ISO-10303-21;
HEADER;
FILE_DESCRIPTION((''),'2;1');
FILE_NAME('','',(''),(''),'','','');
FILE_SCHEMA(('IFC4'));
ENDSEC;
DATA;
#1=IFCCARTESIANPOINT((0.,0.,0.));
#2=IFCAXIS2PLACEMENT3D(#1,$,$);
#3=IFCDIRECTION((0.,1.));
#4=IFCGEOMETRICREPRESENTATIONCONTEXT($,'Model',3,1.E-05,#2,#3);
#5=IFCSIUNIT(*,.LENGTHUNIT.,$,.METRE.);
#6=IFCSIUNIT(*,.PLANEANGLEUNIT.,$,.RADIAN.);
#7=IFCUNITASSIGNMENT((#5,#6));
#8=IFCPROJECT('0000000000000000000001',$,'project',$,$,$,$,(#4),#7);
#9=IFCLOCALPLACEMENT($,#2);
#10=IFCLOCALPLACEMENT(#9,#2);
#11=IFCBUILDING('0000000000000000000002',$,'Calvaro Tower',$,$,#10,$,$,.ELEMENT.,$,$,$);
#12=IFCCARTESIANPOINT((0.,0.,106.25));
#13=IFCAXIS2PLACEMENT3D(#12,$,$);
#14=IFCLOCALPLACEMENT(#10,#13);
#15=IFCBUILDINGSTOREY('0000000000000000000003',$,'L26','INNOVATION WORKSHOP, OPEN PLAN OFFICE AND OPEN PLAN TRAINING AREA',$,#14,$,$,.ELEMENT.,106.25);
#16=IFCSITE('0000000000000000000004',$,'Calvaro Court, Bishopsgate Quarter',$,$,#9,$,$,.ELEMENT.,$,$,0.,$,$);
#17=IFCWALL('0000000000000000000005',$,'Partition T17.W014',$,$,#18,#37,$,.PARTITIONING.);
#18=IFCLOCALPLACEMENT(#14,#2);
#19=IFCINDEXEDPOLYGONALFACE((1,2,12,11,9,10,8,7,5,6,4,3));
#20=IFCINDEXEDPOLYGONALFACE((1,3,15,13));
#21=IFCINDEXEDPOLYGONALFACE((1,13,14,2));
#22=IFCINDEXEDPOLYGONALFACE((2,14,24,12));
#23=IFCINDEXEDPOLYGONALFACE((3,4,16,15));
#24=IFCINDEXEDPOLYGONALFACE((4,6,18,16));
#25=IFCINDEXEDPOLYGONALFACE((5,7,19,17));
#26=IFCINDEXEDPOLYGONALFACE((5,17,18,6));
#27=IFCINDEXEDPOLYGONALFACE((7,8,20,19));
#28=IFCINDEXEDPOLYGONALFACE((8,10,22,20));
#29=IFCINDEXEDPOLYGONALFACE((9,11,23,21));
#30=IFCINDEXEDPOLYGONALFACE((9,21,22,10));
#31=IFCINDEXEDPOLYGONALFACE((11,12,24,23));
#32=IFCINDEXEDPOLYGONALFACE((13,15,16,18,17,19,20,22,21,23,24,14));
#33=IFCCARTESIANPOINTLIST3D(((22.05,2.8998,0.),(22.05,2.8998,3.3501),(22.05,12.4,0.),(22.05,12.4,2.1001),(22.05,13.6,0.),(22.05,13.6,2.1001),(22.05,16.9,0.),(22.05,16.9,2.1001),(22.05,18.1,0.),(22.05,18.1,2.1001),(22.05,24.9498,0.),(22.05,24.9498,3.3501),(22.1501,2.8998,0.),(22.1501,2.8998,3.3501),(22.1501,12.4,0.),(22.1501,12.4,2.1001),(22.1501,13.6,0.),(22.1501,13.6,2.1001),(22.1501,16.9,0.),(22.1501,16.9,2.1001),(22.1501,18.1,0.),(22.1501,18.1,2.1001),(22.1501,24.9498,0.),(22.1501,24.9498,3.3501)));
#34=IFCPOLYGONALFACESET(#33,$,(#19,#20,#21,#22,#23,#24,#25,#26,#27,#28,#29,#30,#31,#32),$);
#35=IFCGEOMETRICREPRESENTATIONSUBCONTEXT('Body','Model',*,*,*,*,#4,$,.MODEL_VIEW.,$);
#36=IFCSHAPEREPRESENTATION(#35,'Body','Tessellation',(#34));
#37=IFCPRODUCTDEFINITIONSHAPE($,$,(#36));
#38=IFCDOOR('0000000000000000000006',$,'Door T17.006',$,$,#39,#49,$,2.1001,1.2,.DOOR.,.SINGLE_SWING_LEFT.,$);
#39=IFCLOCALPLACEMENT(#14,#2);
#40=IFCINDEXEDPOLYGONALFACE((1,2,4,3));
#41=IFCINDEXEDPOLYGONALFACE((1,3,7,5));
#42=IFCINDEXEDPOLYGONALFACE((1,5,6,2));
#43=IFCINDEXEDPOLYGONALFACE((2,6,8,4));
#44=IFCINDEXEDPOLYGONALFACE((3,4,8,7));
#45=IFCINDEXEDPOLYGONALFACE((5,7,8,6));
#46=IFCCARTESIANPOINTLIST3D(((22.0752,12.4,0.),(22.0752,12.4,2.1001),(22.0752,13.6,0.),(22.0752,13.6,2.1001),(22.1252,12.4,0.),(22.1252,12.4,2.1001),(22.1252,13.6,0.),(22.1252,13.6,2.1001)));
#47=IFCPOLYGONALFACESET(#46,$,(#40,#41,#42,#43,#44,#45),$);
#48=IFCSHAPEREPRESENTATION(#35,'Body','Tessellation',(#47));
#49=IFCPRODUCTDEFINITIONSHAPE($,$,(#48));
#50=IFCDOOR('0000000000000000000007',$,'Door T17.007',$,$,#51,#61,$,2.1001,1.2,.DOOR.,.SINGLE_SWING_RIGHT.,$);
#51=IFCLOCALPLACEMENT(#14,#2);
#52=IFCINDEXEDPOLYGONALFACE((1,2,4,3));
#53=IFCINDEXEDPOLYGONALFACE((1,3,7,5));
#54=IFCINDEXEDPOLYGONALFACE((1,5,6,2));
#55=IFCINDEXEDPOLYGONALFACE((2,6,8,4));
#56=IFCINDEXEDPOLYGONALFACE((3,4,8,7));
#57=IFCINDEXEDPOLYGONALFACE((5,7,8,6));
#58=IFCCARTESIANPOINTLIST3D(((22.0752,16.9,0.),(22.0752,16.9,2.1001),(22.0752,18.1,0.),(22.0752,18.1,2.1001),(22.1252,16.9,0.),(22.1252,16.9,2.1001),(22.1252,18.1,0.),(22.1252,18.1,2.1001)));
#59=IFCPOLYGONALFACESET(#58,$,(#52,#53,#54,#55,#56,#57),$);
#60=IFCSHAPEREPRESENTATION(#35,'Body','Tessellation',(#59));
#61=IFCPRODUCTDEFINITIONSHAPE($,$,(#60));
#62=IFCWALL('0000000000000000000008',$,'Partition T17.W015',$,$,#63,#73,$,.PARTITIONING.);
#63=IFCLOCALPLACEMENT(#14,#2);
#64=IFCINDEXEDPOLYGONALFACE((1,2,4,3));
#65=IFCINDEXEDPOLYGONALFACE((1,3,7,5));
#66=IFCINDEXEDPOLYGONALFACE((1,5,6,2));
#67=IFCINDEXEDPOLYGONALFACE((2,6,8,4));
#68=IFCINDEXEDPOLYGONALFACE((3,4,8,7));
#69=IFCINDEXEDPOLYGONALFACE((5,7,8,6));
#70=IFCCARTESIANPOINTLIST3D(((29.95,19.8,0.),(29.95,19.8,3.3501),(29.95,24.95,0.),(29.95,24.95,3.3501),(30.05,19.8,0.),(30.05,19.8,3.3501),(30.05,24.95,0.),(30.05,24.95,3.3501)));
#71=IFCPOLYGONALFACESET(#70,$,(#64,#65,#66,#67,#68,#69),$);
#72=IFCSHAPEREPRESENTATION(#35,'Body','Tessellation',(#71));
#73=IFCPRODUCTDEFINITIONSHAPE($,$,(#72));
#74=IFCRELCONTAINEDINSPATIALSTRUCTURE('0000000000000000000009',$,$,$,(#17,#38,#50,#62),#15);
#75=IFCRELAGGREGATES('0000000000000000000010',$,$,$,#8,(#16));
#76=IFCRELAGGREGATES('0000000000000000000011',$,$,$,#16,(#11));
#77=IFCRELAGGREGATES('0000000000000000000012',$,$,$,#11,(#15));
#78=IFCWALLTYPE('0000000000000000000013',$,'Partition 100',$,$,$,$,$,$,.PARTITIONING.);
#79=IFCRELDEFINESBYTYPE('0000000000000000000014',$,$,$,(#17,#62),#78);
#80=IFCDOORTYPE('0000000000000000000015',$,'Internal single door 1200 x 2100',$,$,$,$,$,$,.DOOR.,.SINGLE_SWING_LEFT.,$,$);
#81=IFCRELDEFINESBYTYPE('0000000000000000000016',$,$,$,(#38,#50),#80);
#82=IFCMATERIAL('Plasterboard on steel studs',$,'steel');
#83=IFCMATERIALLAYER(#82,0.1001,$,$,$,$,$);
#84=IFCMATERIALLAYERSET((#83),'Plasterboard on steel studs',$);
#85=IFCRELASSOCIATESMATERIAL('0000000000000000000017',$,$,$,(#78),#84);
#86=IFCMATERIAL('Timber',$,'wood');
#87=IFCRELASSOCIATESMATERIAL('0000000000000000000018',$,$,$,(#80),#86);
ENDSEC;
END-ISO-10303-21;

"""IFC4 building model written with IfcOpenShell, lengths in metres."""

from ifc_helpers import new_model, si_unit, direction, frame, frame_2d, origin, place, context, subcontext, project, spatial, rectangle, extrude, material, layer, layer_set, type_object, element, fill, save


model = new_model("IFC4")

# Units and contexts
model_context = context("Model", 3, precision=1e-05, world=origin(), true_north=direction((0.0, 1.0)))
body_context = subcontext(model_context, "Body", "Model", "MODEL_VIEW")
ifc_project = project(units=[si_unit("LENGTHUNIT", "METRE"), si_unit("PLANEANGLEUNIT", "RADIAN")], contexts=[model_context])

# Site, building, storey
site_placement = place(None, origin())
site = spatial("IfcSite", under=ifc_project, at=site_placement, Name="Calvaro Court, Bishopsgate Quarter", CompositionType="ELEMENT", RefElevation=0.0)
building_placement = place(site_placement, origin())
building = spatial("IfcBuilding", under=site, at=building_placement, Name="Calvaro Tower", CompositionType="ELEMENT")
storey_placement = place(building_placement, frame((0.0, 0.0, 106.25)))
storey = spatial("IfcBuildingStorey", under=building, at=storey_placement, Name="L26", Description="INNOVATION WORKSHOP, OPEN PLAN OFFICE AND OPEN PLAN TRAINING AREA", CompositionType="ELEMENT", Elevation=106.25)

# Shared definitions
ifc_material_1 = material(Name="Plasterboard on steel studs", Category="steel")
ifc_layer_1 = layer(ifc_material_1, 0.1001)
ifc_layer_set_1 = layer_set([ifc_layer_1], Name="Plasterboard on steel studs")
wall_type_1 = type_object("IfcWallType", Name="Partition 100", PredefinedType="PARTITIONING", material=ifc_layer_set_1)

# Wall, openings, doors
wall_1_placement = place(storey_placement, frame((22.1001, 2.8999, 0.0), z_axis=(0.0, 0.0, 1.0), x_axis=(0.0, 1.0, 0.0)))
wall_1 = element("IfcWall", 1, at=wall_1_placement, inside=storey, type_object=wall_type_1, Name="Partition T17.W014", PredefinedType="PARTITIONING", context=body_context, shape_type="SweptSolid", body=[
    extrude(rectangle(XDim=22.05, YDim=0.1001, at=frame_2d((11.0249, 0.0))), origin(), (0.0, 0.0, 1.0), 3.3501),
])
opening_1_placement = place(wall_1_placement, frame((9.5, 0.0, 0.0)))
opening_1 = element("IfcOpeningElement", 2, at=opening_1_placement, cuts=wall_1, PredefinedType="OPENING", context=body_context, shape_type="SweptSolid", body=[
    extrude(rectangle(XDim=1.2, YDim=2.1001, at=frame_2d((0.6001, 1.05))), frame((0.0, 0.0601, 0.0), z_axis=(0.0, -1.0, 0.0), x_axis=(1.0, 0.0, 0.0)), (0.0, 0.0, 1.0), 0.1201),
])
opening_2_placement = place(wall_1_placement, frame((14.0, 0.0, 0.0)))
opening_2 = element("IfcOpeningElement", 3, at=opening_2_placement, cuts=wall_1, PredefinedType="OPENING", context=body_context, shape_type="SweptSolid", body=[
    extrude(rectangle(XDim=1.2, YDim=2.1001, at=frame_2d((0.6001, 1.05))), frame((0.0, 0.0601, 0.0), z_axis=(0.0, -1.0, 0.0), x_axis=(1.0, 0.0, 0.0)), (0.0, 0.0, 1.0), 0.1201),
])
ifc_material_2 = material(Name="Timber", Category="wood")
door_type_1 = type_object("IfcDoorType", Name="Internal single door 1200 x 2100", OperationType="SINGLE_SWING_LEFT", PredefinedType="DOOR", material=ifc_material_2)
door_1_placement = place(opening_1_placement, origin())
door_1 = element("IfcDoor", 4, at=door_1_placement, inside=storey, type_object=door_type_1, Name="Door T17.006", OperationType="SINGLE_SWING_LEFT", OverallHeight=2.1001, OverallWidth=1.2, PredefinedType="DOOR", context=body_context, shape_type="SweptSolid", body=[
    extrude(rectangle(XDim=1.2, YDim=2.1001, at=frame_2d((0.6001, 1.05))), frame((0.0, 0.0249, 0.0), z_axis=(0.0, -1.0, 0.0), x_axis=(1.0, 0.0, 0.0)), (0.0, 0.0, 1.0), 0.05),
])
fill(opening_1, door_1)
door_2_placement = place(opening_2_placement, origin())
door_2 = element("IfcDoor", 5, at=door_2_placement, inside=storey, type_object=door_type_1, Name="Door T17.007", OperationType="SINGLE_SWING_RIGHT", OverallHeight=2.1001, OverallWidth=1.2, PredefinedType="DOOR", context=body_context, shape_type="SweptSolid", body=[
    extrude(rectangle(XDim=1.2, YDim=2.1001, at=frame_2d((0.6001, 1.05))), frame((0.0, 0.0249, 0.0), z_axis=(0.0, -1.0, 0.0), x_axis=(1.0, 0.0, 0.0)), (0.0, 0.0, 1.0), 0.05),
])
fill(opening_2, door_2)

# Wall
wall_2_placement = place(storey_placement, frame((30.0, 19.8, 0.0), z_axis=(0.0, 0.0, 1.0), x_axis=(0.0, 1.0, 0.0)))
element("IfcWall", 6, at=wall_2_placement, inside=storey, type_object=wall_type_1, Name="Partition T17.W015", PredefinedType="PARTITIONING", context=body_context, shape_type="SweptSolid", body=[
    extrude(rectangle(XDim=5.1499, YDim=0.1001, at=frame_2d((2.575, 0.0))), origin(), (0.0, 0.0, 1.0), 3.3501),
])

save(model, "model.ifc")
